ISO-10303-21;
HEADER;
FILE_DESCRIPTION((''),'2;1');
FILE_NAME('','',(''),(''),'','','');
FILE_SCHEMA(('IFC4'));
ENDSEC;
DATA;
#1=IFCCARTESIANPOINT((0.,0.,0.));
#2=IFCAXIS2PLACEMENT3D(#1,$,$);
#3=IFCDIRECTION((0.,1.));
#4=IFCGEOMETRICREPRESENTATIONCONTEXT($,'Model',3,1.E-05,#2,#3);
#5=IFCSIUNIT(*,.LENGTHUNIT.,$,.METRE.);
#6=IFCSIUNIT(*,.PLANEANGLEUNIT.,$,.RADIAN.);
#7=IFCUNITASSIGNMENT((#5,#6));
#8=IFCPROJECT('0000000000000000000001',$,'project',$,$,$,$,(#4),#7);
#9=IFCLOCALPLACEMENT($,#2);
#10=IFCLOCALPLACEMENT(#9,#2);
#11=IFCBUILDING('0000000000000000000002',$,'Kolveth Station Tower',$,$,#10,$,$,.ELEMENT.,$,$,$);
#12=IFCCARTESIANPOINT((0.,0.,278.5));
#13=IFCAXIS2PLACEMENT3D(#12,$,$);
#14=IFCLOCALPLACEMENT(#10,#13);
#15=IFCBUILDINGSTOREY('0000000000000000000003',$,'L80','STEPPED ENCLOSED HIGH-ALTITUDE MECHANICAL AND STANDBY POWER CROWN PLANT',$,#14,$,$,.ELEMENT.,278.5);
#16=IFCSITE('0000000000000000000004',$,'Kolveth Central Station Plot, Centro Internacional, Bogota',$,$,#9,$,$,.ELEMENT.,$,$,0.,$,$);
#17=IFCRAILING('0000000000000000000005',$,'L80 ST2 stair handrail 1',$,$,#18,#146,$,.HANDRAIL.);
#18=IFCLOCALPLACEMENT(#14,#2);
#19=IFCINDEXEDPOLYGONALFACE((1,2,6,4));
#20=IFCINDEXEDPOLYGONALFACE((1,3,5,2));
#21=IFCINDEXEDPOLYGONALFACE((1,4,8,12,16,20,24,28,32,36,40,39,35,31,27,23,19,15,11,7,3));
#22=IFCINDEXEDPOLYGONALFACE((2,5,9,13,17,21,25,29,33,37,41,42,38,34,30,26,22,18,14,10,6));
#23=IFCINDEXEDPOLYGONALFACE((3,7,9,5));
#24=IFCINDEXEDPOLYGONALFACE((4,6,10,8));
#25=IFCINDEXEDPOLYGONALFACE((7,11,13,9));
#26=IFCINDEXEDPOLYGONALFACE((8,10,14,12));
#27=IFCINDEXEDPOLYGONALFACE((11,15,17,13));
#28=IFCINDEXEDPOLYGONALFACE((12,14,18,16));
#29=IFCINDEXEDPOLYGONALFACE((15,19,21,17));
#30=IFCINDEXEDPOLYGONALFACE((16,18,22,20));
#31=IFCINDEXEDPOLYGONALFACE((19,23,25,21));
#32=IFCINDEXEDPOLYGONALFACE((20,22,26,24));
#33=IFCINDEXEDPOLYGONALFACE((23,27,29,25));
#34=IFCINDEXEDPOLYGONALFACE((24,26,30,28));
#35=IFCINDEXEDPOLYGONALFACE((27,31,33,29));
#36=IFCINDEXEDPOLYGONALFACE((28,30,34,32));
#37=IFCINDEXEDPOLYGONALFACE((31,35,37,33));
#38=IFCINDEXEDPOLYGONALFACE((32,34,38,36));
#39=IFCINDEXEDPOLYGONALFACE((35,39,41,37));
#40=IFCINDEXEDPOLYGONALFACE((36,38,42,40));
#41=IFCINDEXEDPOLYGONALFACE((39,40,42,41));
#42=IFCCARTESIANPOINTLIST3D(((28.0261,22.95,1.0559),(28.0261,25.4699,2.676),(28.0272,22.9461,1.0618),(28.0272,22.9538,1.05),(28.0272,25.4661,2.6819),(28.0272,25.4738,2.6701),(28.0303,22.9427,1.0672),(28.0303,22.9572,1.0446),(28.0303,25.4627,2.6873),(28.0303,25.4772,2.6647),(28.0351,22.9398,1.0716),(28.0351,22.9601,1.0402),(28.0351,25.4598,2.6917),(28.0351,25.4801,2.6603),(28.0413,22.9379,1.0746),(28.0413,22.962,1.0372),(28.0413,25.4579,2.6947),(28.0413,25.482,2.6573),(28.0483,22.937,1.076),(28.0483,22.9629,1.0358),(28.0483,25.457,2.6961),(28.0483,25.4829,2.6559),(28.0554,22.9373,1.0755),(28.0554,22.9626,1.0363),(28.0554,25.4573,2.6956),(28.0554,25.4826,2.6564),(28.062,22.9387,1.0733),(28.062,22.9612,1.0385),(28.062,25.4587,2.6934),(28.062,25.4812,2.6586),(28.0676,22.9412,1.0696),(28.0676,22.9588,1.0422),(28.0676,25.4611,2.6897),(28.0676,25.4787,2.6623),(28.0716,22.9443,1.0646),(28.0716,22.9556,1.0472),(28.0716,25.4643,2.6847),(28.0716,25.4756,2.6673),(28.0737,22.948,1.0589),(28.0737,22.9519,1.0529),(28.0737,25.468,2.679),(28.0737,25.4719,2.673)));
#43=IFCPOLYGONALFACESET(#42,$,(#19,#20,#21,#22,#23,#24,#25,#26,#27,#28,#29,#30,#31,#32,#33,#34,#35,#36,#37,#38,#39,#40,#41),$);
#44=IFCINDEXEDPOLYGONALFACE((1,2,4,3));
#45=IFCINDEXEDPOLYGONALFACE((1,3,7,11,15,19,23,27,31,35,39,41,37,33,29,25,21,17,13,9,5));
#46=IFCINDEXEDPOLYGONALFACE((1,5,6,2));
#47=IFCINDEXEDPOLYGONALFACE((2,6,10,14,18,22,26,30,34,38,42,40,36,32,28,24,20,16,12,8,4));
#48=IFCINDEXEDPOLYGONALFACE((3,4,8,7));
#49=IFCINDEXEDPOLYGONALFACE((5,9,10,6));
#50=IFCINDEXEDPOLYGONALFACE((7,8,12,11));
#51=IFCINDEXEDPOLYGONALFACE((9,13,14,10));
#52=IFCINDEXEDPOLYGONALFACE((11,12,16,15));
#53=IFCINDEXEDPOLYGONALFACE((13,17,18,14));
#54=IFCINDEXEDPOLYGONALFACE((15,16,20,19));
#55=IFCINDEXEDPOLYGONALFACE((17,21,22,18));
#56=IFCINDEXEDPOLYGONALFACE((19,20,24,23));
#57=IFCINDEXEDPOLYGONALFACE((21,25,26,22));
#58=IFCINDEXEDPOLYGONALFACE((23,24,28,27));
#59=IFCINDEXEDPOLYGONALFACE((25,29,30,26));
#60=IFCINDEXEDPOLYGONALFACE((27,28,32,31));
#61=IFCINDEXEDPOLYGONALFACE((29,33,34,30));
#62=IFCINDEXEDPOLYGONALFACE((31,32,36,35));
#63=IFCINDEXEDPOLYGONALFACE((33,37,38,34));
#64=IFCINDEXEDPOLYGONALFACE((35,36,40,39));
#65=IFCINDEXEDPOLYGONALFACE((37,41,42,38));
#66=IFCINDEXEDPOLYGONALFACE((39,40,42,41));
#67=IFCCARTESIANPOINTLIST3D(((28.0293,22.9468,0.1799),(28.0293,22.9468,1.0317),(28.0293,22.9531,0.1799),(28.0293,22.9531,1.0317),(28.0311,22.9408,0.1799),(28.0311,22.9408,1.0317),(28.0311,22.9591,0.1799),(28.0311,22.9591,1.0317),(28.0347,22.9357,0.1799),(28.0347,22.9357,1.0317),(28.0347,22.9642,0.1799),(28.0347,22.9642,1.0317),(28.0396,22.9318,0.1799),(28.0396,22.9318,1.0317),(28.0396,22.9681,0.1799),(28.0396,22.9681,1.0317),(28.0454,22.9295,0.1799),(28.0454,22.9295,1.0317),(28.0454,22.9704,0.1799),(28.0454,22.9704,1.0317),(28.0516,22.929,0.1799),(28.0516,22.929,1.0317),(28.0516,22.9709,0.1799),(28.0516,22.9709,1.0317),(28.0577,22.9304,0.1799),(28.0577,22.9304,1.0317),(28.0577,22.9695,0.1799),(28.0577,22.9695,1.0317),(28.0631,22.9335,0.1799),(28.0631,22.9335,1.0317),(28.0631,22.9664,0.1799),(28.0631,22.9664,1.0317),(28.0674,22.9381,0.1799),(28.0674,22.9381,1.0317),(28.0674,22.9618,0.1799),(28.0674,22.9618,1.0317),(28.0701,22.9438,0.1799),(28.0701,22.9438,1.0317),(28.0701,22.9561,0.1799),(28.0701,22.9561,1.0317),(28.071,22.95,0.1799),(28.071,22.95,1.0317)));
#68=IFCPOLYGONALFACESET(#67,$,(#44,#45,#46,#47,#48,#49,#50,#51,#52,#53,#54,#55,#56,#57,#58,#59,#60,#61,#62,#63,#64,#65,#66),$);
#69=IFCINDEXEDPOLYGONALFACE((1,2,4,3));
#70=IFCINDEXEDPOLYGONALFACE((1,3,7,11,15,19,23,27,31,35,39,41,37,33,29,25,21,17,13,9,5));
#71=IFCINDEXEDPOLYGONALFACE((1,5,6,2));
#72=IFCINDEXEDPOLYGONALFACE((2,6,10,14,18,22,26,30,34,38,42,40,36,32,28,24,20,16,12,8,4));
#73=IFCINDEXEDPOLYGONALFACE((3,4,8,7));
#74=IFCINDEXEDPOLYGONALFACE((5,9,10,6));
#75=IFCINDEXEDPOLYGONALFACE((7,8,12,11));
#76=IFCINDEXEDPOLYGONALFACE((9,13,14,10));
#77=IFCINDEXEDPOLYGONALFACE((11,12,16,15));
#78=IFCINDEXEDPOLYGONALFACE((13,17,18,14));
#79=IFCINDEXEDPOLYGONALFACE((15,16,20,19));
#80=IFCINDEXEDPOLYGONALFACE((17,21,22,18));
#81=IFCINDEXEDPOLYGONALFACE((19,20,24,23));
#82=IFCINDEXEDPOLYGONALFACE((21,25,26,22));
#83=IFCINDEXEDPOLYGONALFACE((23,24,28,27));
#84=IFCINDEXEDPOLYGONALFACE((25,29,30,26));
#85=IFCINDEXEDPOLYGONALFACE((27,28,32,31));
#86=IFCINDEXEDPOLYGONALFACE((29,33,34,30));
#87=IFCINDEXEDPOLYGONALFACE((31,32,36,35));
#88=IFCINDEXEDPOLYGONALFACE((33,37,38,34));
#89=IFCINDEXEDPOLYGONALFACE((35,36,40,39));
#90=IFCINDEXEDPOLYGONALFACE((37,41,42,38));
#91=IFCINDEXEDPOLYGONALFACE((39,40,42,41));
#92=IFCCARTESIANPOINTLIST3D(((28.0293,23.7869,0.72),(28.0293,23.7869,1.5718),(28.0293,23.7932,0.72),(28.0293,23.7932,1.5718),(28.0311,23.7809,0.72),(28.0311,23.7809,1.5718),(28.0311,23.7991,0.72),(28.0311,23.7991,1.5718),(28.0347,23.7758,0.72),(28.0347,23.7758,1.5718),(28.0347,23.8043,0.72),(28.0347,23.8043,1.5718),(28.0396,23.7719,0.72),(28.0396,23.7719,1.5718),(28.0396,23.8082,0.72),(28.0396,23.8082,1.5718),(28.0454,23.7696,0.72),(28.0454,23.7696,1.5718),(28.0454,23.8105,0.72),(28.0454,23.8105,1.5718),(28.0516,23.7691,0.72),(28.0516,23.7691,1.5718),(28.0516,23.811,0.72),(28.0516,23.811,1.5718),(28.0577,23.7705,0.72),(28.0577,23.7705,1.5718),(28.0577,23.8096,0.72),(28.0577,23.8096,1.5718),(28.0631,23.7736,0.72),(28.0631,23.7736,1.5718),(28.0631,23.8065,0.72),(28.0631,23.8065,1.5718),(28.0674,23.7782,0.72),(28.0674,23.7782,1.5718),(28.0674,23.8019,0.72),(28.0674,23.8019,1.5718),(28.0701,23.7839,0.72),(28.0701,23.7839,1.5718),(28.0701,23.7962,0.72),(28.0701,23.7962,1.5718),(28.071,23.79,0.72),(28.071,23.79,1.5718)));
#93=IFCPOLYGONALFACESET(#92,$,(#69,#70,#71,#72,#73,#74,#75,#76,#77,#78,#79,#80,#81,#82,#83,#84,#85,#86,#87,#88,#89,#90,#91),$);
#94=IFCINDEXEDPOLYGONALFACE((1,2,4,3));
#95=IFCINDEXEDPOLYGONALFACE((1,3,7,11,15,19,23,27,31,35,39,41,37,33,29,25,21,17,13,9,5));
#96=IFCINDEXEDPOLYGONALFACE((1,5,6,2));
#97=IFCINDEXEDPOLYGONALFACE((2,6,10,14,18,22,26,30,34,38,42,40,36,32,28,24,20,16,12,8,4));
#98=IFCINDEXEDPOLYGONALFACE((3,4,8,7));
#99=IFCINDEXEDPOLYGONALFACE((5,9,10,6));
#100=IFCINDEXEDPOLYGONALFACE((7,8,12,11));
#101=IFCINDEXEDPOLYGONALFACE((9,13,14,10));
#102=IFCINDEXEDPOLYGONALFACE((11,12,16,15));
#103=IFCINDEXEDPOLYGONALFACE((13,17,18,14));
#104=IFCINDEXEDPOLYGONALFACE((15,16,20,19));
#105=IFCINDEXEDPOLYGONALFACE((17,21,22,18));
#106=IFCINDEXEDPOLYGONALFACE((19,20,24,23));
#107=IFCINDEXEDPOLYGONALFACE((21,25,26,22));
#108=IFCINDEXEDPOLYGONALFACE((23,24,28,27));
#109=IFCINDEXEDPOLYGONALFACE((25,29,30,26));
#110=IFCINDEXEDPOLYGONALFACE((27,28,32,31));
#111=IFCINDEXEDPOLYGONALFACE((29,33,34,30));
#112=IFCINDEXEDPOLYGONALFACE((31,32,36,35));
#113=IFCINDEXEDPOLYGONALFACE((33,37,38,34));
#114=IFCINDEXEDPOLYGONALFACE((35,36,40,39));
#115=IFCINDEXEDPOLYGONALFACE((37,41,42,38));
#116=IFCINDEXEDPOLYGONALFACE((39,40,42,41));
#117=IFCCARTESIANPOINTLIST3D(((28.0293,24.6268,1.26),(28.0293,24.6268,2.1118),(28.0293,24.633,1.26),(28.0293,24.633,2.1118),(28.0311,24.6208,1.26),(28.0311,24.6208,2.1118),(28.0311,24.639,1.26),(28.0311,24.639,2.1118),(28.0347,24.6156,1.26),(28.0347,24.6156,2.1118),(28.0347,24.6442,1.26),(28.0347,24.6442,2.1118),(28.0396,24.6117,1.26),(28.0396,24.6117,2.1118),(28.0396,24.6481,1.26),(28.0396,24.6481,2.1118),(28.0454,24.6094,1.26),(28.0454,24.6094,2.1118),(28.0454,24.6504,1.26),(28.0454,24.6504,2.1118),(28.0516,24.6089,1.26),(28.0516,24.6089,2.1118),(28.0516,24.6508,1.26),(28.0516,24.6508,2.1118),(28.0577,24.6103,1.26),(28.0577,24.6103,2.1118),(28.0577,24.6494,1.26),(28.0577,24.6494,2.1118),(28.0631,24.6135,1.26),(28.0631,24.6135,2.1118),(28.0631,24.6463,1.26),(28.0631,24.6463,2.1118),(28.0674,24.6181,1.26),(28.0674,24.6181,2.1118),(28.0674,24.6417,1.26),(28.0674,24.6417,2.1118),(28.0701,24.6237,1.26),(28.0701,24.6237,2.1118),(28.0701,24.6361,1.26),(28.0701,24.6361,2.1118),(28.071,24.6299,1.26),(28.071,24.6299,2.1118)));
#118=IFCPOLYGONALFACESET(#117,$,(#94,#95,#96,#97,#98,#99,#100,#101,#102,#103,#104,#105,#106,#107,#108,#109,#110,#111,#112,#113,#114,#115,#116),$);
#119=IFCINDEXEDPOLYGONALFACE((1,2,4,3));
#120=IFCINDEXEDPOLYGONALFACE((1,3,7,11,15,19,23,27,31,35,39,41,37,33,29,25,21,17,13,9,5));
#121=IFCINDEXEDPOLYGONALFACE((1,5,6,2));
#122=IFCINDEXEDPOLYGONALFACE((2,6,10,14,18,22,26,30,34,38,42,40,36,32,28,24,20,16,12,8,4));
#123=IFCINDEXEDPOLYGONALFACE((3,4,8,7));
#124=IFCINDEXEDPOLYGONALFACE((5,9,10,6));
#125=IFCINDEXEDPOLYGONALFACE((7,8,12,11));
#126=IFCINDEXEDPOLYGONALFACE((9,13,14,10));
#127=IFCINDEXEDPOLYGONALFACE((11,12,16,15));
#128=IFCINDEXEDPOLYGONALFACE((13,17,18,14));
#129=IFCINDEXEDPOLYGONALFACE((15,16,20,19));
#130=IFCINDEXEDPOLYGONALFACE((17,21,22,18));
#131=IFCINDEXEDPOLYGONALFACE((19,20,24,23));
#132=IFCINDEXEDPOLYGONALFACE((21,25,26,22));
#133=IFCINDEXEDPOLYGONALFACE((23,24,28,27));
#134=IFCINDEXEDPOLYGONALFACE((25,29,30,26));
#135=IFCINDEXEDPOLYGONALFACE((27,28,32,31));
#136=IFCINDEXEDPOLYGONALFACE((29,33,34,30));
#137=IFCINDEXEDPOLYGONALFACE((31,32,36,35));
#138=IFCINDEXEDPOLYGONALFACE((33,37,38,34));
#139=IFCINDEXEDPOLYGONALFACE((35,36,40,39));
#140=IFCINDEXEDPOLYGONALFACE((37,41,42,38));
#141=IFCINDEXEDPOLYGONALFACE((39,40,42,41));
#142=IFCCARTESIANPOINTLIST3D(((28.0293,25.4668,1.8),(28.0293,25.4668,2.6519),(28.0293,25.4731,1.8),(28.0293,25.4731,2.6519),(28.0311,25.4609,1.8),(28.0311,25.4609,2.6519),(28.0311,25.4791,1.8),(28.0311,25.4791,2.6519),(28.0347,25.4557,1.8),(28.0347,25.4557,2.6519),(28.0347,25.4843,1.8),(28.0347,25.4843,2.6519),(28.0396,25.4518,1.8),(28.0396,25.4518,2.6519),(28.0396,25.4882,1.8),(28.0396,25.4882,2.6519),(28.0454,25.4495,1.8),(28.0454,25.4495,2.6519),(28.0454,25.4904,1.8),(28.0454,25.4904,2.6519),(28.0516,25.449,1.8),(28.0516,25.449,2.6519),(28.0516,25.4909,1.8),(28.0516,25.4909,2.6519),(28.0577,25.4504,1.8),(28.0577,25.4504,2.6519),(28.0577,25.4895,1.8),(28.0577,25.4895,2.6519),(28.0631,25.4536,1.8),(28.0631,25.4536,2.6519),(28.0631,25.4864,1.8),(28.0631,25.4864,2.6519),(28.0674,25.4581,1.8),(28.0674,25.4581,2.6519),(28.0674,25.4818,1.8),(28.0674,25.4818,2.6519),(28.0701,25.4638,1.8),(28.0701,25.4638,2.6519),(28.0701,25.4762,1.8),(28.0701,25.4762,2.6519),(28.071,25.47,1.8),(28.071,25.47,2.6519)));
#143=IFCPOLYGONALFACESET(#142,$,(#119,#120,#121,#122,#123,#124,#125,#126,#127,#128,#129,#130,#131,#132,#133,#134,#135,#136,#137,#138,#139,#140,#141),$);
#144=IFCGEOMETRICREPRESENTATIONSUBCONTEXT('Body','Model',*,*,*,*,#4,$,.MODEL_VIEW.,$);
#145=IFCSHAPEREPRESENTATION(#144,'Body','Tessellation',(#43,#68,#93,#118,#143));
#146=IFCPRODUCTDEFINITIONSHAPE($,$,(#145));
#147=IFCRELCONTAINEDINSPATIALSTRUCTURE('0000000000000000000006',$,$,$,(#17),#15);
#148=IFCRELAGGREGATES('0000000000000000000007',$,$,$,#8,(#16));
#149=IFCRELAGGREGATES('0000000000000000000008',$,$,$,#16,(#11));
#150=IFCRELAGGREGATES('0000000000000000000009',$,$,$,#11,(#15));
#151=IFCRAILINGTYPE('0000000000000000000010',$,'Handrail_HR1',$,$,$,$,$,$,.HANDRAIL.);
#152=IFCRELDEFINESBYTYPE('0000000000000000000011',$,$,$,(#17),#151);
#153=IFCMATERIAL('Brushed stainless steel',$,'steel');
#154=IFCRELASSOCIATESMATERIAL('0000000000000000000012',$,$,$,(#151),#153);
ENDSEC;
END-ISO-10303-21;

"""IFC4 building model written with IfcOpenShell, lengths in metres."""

from ifc_helpers import new_model, si_unit, direction, frame, origin, origin_2d, place, context, subcontext, project, spatial, circle, extrude, material, type_object, element, save


model = new_model("IFC4")

# Units and contexts
model_context = context("Model", 3, precision=1e-05, world=origin(), true_north=direction((0.0, 1.0)))
body_context = subcontext(model_context, "Body", "Model", "MODEL_VIEW")
ifc_project = project(units=[si_unit("LENGTHUNIT", "METRE"), si_unit("PLANEANGLEUNIT", "RADIAN")], contexts=[model_context])

# Site, building, storey
site_placement = place(None, origin())
site = spatial("IfcSite", under=ifc_project, at=site_placement, Name="Kolveth Central Station Plot, Centro Internacional, Bogota", CompositionType="ELEMENT", RefElevation=0.0)
building_placement = place(site_placement, origin())
building = spatial("IfcBuilding", under=site, at=building_placement, Name="Kolveth Station Tower", CompositionType="ELEMENT")
storey_placement = place(building_placement, frame((0.0, 0.0, 278.5)))
storey = spatial("IfcBuildingStorey", under=building, at=storey_placement, Name="L80", Description="STEPPED ENCLOSED HIGH-ALTITUDE MECHANICAL AND STANDBY POWER CROWN PLANT", CompositionType="ELEMENT", Elevation=278.5)

# Railing
ifc_material_1 = material(Name="Brushed stainless steel", Category="steel")
railing_type_1 = type_object("IfcRailingType", Name="Handrail_HR1", PredefinedType="HANDRAIL", material=ifc_material_1)
for number, where, name in (
    (1, (28.05, 22.95, 0.1799), "L80 ST2 stair handrail 1"),
):
    element("IfcRailing", number, at=place(storey_placement, frame(where)), inside=storey, type_object=railing_type_1, Name=name, PredefinedType="HANDRAIL", context=body_context, shape_type="SweptSolid", body=[
        extrude(circle(Radius=0.0239, at=origin_2d()), frame((0.0, 0.0, 0.876), z_axis=(0.0, 0.841163, 0.540782), x_axis=(-1.0, 0.0, 0.0)), (0.0, 0.0, 1.0), 2.9958),
        extrude(circle(Radius=0.021, at=origin_2d()), origin(), (0.0, 0.0, 1.0), 0.8518),
        extrude(circle(Radius=0.021, at=origin_2d()), frame((0.0, 0.8401, 0.54)), (0.0, 0.0, 1.0), 0.8518),
        extrude(circle(Radius=0.021, at=origin_2d()), frame((0.0, 1.6799, 1.0801)), (0.0, 0.0, 1.0), 0.8518),
        extrude(circle(Radius=0.021, at=origin_2d()), frame((0.0, 2.52, 1.6201)), (0.0, 0.0, 1.0), 0.8518),
    ])

save(model, "model.ifc")
